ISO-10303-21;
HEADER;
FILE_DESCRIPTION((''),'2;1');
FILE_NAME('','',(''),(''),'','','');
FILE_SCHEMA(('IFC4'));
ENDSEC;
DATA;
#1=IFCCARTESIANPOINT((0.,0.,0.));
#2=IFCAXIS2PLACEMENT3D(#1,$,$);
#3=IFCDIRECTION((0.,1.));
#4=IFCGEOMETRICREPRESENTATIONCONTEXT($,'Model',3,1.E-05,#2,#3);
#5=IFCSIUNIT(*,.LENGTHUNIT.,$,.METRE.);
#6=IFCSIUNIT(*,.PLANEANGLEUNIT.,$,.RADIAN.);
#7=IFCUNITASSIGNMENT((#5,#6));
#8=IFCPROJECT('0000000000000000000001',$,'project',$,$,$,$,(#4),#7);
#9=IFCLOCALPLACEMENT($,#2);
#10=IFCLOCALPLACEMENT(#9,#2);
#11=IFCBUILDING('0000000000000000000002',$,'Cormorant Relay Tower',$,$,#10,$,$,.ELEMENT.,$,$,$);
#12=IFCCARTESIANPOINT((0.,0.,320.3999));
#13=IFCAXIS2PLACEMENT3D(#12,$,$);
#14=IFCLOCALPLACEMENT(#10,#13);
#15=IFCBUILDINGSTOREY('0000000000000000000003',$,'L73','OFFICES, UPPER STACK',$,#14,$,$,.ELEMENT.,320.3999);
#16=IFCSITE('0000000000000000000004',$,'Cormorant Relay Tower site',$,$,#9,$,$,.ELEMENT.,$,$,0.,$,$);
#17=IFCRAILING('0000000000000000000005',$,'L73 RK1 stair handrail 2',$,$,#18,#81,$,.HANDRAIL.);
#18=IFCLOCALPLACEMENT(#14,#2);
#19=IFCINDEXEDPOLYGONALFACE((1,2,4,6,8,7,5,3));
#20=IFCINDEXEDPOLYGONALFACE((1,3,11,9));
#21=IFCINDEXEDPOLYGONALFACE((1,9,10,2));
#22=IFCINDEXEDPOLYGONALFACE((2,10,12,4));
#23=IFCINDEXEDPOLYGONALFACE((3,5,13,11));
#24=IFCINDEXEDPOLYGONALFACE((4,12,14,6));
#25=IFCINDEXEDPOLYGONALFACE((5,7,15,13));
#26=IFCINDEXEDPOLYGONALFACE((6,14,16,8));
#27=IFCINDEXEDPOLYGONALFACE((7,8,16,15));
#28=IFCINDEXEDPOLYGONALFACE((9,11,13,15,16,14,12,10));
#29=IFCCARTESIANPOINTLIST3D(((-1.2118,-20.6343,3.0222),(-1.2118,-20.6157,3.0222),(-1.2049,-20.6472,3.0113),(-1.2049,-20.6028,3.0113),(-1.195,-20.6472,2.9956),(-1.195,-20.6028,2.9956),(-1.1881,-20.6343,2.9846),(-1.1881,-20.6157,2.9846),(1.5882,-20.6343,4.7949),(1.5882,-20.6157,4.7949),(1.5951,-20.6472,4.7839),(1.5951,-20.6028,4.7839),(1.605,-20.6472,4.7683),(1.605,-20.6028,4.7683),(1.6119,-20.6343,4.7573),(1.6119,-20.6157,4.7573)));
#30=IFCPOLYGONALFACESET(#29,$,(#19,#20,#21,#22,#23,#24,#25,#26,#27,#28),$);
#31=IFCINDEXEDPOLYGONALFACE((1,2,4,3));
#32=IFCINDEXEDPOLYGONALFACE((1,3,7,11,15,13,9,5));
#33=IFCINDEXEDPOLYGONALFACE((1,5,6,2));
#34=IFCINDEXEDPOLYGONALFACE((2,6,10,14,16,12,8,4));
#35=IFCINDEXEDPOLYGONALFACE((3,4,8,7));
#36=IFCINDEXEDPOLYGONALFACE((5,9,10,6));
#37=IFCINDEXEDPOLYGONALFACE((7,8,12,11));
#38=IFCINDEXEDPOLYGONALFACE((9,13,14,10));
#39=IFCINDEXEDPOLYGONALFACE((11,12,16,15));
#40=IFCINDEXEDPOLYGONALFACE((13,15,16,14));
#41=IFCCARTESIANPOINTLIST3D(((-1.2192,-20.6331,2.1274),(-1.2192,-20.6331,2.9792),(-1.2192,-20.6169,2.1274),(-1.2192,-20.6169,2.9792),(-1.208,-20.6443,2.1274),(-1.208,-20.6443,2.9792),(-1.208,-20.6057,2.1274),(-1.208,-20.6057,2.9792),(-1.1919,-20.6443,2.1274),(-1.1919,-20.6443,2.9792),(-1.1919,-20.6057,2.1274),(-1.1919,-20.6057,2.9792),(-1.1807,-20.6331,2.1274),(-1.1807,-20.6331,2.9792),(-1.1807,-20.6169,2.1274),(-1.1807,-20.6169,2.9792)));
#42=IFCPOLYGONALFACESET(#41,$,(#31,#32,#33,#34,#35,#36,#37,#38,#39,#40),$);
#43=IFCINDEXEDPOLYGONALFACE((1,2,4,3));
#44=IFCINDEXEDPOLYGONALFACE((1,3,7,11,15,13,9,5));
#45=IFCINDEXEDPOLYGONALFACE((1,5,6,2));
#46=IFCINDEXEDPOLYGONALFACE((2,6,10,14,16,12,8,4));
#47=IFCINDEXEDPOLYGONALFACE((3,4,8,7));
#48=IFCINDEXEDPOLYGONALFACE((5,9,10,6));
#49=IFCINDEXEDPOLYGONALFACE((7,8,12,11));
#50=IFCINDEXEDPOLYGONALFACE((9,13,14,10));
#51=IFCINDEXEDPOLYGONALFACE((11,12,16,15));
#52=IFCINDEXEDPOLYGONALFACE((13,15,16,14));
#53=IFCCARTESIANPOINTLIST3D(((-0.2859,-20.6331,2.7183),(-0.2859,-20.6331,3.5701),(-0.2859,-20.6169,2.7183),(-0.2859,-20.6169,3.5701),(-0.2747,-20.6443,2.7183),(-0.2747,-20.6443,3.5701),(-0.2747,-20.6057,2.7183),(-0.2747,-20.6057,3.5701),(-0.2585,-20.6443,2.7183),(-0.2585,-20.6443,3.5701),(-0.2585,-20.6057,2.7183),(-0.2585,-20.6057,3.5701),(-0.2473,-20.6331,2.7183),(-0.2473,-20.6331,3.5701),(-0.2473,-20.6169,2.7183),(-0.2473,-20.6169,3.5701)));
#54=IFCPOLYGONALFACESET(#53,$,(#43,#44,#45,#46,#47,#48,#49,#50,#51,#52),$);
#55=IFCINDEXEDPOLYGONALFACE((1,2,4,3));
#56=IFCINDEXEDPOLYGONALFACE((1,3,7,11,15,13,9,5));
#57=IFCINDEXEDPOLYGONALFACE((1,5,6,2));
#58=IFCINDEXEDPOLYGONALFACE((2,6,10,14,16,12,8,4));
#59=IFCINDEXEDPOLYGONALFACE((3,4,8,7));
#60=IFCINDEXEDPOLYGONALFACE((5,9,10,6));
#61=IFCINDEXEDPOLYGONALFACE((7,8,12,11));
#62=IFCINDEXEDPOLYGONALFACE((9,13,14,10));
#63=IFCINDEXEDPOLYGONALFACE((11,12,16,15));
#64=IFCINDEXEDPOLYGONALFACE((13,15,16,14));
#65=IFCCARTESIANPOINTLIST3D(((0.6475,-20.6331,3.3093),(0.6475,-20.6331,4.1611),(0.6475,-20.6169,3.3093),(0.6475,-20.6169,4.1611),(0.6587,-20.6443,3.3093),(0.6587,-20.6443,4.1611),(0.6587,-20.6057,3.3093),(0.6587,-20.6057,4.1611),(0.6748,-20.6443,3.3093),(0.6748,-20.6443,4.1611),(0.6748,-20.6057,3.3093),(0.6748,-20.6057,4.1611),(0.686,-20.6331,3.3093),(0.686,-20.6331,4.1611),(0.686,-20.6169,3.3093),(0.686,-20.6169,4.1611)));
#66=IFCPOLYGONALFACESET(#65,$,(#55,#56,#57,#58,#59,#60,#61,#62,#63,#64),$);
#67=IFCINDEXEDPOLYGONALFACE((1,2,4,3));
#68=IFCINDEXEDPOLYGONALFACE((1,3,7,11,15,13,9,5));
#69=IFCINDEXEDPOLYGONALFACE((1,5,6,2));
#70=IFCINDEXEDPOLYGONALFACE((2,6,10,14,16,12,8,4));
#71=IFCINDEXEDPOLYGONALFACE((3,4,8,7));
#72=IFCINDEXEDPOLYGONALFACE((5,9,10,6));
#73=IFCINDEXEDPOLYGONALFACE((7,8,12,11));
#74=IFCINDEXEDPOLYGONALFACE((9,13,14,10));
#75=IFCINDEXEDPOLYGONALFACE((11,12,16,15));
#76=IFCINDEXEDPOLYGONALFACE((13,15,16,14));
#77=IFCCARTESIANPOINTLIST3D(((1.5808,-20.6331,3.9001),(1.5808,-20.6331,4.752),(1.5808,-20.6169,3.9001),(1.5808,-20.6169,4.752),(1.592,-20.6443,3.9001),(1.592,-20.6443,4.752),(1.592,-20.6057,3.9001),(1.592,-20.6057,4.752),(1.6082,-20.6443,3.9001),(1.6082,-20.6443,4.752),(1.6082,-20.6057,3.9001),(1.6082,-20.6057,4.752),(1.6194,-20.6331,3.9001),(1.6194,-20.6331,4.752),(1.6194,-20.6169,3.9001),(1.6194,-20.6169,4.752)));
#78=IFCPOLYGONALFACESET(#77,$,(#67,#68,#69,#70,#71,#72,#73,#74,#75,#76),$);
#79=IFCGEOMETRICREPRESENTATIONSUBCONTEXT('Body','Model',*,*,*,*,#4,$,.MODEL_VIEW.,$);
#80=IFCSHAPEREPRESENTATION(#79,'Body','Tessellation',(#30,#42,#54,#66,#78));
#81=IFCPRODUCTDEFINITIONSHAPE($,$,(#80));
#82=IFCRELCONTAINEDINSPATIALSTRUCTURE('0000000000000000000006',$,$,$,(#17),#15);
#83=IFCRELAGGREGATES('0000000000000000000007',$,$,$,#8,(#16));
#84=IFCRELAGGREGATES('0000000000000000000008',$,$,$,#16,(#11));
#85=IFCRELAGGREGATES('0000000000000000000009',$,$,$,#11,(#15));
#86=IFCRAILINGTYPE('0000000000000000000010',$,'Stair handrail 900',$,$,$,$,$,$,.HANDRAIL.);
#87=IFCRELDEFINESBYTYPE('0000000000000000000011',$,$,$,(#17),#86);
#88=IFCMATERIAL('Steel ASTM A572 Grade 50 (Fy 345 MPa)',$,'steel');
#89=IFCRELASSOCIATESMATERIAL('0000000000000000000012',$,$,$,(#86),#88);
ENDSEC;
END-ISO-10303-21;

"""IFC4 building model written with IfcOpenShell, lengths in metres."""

from ifc_helpers import new_model, si_unit, direction, frame, origin, place, context, subcontext, project, spatial, polyline, outline, extrude, material, type_object, element, save


model = new_model("IFC4")

# Units and contexts
model_context = context("Model", 3, precision=1e-05, world=origin(), true_north=direction((0.0, 1.0)))
body_context = subcontext(model_context, "Body", "Model", "MODEL_VIEW")
ifc_project = project(units=[si_unit("LENGTHUNIT", "METRE"), si_unit("PLANEANGLEUNIT", "RADIAN")], contexts=[model_context])

# Site, building, storey
site_placement = place(None, origin())
site = spatial("IfcSite", under=ifc_project, at=site_placement, Name="Cormorant Relay Tower site", CompositionType="ELEMENT", RefElevation=0.0)
building_placement = place(site_placement, origin())
building = spatial("IfcBuilding", under=site, at=building_placement, Name="Cormorant Relay Tower", CompositionType="ELEMENT")
storey_placement = place(building_placement, frame((0.0, 0.0, 320.3999)))
storey = spatial("IfcBuildingStorey", under=building, at=storey_placement, Name="L73", Description="OFFICES, UPPER STACK", CompositionType="ELEMENT", Elevation=320.3999)

# Railing
ifc_material_1 = material(Name="Steel ASTM A572 Grade 50 (Fy 345 MPa)", Category="steel")
railing_type_1 = type_object("IfcRailingType", Name="Stair handrail 900", PredefinedType="HANDRAIL", material=ifc_material_1)
railing_1_placement = place(storey_placement, frame((-1.2, -20.625, 2.1274)))
element("IfcRailing", 1, at=railing_1_placement, inside=storey, type_object=railing_type_1, Name="L73 RK1 stair handrail 2", PredefinedType="HANDRAIL", context=body_context, shape_type="SweptSolid", body=[
    extrude(outline(polyline([(0.0222, 0.0093), (0.0093, 0.0222), (-0.0093, 0.0222), (-0.0222, 0.0093), (-0.0222, -0.0093), (-0.0093, -0.0222), (0.0093, -0.0222), (0.0222, -0.0093), (0.0222, 0.0093)])), frame((0.0, 0.0, 0.876), z_axis=(0.844909, 0.0, 0.53491), x_axis=(0.0, 1.0, 0.0)), (0.0, 0.0, 1.0), 3.314),
    extrude(outline(polyline([(0.0193, 0.0081), (0.0081, 0.0193), (-0.0081, 0.0193), (-0.0193, 0.0081), (-0.0193, -0.0081), (-0.0081, -0.0193), (0.0081, -0.0193), (0.0193, -0.0081), (0.0193, 0.0081)])), origin(), (0.0, 0.0, 1.0), 0.8518),
    extrude(outline(polyline([(0.0193, 0.0081), (0.0081, 0.0193), (-0.0081, 0.0193), (-0.0193, 0.0081), (-0.0193, -0.0081), (-0.0081, -0.0193), (0.0081, -0.0193), (0.0193, -0.0081), (0.0193, 0.0081)])), frame((0.9333, 0.0, 0.5908)), (0.0, 0.0, 1.0), 0.8518),
    extrude(outline(polyline([(0.0193, 0.0081), (0.0081, 0.0193), (-0.0081, 0.0193), (-0.0193, 0.0081), (-0.0193, -0.0081), (-0.0081, -0.0193), (0.0081, -0.0193), (0.0193, -0.0081), (0.0193, 0.0081)])), frame((1.8667, 0.0, 1.1819)), (0.0, 0.0, 1.0), 0.8518),
    extrude(outline(polyline([(0.0193, 0.0081), (0.0081, 0.0193), (-0.0081, 0.0193), (-0.0193, 0.0081), (-0.0193, -0.0081), (-0.0081, -0.0193), (0.0081, -0.0193), (0.0193, -0.0081), (0.0193, 0.0081)])), frame((2.8, 0.0, 1.7727)), (0.0, 0.0, 1.0), 0.8518),
])

save(model, "model.ifc")
